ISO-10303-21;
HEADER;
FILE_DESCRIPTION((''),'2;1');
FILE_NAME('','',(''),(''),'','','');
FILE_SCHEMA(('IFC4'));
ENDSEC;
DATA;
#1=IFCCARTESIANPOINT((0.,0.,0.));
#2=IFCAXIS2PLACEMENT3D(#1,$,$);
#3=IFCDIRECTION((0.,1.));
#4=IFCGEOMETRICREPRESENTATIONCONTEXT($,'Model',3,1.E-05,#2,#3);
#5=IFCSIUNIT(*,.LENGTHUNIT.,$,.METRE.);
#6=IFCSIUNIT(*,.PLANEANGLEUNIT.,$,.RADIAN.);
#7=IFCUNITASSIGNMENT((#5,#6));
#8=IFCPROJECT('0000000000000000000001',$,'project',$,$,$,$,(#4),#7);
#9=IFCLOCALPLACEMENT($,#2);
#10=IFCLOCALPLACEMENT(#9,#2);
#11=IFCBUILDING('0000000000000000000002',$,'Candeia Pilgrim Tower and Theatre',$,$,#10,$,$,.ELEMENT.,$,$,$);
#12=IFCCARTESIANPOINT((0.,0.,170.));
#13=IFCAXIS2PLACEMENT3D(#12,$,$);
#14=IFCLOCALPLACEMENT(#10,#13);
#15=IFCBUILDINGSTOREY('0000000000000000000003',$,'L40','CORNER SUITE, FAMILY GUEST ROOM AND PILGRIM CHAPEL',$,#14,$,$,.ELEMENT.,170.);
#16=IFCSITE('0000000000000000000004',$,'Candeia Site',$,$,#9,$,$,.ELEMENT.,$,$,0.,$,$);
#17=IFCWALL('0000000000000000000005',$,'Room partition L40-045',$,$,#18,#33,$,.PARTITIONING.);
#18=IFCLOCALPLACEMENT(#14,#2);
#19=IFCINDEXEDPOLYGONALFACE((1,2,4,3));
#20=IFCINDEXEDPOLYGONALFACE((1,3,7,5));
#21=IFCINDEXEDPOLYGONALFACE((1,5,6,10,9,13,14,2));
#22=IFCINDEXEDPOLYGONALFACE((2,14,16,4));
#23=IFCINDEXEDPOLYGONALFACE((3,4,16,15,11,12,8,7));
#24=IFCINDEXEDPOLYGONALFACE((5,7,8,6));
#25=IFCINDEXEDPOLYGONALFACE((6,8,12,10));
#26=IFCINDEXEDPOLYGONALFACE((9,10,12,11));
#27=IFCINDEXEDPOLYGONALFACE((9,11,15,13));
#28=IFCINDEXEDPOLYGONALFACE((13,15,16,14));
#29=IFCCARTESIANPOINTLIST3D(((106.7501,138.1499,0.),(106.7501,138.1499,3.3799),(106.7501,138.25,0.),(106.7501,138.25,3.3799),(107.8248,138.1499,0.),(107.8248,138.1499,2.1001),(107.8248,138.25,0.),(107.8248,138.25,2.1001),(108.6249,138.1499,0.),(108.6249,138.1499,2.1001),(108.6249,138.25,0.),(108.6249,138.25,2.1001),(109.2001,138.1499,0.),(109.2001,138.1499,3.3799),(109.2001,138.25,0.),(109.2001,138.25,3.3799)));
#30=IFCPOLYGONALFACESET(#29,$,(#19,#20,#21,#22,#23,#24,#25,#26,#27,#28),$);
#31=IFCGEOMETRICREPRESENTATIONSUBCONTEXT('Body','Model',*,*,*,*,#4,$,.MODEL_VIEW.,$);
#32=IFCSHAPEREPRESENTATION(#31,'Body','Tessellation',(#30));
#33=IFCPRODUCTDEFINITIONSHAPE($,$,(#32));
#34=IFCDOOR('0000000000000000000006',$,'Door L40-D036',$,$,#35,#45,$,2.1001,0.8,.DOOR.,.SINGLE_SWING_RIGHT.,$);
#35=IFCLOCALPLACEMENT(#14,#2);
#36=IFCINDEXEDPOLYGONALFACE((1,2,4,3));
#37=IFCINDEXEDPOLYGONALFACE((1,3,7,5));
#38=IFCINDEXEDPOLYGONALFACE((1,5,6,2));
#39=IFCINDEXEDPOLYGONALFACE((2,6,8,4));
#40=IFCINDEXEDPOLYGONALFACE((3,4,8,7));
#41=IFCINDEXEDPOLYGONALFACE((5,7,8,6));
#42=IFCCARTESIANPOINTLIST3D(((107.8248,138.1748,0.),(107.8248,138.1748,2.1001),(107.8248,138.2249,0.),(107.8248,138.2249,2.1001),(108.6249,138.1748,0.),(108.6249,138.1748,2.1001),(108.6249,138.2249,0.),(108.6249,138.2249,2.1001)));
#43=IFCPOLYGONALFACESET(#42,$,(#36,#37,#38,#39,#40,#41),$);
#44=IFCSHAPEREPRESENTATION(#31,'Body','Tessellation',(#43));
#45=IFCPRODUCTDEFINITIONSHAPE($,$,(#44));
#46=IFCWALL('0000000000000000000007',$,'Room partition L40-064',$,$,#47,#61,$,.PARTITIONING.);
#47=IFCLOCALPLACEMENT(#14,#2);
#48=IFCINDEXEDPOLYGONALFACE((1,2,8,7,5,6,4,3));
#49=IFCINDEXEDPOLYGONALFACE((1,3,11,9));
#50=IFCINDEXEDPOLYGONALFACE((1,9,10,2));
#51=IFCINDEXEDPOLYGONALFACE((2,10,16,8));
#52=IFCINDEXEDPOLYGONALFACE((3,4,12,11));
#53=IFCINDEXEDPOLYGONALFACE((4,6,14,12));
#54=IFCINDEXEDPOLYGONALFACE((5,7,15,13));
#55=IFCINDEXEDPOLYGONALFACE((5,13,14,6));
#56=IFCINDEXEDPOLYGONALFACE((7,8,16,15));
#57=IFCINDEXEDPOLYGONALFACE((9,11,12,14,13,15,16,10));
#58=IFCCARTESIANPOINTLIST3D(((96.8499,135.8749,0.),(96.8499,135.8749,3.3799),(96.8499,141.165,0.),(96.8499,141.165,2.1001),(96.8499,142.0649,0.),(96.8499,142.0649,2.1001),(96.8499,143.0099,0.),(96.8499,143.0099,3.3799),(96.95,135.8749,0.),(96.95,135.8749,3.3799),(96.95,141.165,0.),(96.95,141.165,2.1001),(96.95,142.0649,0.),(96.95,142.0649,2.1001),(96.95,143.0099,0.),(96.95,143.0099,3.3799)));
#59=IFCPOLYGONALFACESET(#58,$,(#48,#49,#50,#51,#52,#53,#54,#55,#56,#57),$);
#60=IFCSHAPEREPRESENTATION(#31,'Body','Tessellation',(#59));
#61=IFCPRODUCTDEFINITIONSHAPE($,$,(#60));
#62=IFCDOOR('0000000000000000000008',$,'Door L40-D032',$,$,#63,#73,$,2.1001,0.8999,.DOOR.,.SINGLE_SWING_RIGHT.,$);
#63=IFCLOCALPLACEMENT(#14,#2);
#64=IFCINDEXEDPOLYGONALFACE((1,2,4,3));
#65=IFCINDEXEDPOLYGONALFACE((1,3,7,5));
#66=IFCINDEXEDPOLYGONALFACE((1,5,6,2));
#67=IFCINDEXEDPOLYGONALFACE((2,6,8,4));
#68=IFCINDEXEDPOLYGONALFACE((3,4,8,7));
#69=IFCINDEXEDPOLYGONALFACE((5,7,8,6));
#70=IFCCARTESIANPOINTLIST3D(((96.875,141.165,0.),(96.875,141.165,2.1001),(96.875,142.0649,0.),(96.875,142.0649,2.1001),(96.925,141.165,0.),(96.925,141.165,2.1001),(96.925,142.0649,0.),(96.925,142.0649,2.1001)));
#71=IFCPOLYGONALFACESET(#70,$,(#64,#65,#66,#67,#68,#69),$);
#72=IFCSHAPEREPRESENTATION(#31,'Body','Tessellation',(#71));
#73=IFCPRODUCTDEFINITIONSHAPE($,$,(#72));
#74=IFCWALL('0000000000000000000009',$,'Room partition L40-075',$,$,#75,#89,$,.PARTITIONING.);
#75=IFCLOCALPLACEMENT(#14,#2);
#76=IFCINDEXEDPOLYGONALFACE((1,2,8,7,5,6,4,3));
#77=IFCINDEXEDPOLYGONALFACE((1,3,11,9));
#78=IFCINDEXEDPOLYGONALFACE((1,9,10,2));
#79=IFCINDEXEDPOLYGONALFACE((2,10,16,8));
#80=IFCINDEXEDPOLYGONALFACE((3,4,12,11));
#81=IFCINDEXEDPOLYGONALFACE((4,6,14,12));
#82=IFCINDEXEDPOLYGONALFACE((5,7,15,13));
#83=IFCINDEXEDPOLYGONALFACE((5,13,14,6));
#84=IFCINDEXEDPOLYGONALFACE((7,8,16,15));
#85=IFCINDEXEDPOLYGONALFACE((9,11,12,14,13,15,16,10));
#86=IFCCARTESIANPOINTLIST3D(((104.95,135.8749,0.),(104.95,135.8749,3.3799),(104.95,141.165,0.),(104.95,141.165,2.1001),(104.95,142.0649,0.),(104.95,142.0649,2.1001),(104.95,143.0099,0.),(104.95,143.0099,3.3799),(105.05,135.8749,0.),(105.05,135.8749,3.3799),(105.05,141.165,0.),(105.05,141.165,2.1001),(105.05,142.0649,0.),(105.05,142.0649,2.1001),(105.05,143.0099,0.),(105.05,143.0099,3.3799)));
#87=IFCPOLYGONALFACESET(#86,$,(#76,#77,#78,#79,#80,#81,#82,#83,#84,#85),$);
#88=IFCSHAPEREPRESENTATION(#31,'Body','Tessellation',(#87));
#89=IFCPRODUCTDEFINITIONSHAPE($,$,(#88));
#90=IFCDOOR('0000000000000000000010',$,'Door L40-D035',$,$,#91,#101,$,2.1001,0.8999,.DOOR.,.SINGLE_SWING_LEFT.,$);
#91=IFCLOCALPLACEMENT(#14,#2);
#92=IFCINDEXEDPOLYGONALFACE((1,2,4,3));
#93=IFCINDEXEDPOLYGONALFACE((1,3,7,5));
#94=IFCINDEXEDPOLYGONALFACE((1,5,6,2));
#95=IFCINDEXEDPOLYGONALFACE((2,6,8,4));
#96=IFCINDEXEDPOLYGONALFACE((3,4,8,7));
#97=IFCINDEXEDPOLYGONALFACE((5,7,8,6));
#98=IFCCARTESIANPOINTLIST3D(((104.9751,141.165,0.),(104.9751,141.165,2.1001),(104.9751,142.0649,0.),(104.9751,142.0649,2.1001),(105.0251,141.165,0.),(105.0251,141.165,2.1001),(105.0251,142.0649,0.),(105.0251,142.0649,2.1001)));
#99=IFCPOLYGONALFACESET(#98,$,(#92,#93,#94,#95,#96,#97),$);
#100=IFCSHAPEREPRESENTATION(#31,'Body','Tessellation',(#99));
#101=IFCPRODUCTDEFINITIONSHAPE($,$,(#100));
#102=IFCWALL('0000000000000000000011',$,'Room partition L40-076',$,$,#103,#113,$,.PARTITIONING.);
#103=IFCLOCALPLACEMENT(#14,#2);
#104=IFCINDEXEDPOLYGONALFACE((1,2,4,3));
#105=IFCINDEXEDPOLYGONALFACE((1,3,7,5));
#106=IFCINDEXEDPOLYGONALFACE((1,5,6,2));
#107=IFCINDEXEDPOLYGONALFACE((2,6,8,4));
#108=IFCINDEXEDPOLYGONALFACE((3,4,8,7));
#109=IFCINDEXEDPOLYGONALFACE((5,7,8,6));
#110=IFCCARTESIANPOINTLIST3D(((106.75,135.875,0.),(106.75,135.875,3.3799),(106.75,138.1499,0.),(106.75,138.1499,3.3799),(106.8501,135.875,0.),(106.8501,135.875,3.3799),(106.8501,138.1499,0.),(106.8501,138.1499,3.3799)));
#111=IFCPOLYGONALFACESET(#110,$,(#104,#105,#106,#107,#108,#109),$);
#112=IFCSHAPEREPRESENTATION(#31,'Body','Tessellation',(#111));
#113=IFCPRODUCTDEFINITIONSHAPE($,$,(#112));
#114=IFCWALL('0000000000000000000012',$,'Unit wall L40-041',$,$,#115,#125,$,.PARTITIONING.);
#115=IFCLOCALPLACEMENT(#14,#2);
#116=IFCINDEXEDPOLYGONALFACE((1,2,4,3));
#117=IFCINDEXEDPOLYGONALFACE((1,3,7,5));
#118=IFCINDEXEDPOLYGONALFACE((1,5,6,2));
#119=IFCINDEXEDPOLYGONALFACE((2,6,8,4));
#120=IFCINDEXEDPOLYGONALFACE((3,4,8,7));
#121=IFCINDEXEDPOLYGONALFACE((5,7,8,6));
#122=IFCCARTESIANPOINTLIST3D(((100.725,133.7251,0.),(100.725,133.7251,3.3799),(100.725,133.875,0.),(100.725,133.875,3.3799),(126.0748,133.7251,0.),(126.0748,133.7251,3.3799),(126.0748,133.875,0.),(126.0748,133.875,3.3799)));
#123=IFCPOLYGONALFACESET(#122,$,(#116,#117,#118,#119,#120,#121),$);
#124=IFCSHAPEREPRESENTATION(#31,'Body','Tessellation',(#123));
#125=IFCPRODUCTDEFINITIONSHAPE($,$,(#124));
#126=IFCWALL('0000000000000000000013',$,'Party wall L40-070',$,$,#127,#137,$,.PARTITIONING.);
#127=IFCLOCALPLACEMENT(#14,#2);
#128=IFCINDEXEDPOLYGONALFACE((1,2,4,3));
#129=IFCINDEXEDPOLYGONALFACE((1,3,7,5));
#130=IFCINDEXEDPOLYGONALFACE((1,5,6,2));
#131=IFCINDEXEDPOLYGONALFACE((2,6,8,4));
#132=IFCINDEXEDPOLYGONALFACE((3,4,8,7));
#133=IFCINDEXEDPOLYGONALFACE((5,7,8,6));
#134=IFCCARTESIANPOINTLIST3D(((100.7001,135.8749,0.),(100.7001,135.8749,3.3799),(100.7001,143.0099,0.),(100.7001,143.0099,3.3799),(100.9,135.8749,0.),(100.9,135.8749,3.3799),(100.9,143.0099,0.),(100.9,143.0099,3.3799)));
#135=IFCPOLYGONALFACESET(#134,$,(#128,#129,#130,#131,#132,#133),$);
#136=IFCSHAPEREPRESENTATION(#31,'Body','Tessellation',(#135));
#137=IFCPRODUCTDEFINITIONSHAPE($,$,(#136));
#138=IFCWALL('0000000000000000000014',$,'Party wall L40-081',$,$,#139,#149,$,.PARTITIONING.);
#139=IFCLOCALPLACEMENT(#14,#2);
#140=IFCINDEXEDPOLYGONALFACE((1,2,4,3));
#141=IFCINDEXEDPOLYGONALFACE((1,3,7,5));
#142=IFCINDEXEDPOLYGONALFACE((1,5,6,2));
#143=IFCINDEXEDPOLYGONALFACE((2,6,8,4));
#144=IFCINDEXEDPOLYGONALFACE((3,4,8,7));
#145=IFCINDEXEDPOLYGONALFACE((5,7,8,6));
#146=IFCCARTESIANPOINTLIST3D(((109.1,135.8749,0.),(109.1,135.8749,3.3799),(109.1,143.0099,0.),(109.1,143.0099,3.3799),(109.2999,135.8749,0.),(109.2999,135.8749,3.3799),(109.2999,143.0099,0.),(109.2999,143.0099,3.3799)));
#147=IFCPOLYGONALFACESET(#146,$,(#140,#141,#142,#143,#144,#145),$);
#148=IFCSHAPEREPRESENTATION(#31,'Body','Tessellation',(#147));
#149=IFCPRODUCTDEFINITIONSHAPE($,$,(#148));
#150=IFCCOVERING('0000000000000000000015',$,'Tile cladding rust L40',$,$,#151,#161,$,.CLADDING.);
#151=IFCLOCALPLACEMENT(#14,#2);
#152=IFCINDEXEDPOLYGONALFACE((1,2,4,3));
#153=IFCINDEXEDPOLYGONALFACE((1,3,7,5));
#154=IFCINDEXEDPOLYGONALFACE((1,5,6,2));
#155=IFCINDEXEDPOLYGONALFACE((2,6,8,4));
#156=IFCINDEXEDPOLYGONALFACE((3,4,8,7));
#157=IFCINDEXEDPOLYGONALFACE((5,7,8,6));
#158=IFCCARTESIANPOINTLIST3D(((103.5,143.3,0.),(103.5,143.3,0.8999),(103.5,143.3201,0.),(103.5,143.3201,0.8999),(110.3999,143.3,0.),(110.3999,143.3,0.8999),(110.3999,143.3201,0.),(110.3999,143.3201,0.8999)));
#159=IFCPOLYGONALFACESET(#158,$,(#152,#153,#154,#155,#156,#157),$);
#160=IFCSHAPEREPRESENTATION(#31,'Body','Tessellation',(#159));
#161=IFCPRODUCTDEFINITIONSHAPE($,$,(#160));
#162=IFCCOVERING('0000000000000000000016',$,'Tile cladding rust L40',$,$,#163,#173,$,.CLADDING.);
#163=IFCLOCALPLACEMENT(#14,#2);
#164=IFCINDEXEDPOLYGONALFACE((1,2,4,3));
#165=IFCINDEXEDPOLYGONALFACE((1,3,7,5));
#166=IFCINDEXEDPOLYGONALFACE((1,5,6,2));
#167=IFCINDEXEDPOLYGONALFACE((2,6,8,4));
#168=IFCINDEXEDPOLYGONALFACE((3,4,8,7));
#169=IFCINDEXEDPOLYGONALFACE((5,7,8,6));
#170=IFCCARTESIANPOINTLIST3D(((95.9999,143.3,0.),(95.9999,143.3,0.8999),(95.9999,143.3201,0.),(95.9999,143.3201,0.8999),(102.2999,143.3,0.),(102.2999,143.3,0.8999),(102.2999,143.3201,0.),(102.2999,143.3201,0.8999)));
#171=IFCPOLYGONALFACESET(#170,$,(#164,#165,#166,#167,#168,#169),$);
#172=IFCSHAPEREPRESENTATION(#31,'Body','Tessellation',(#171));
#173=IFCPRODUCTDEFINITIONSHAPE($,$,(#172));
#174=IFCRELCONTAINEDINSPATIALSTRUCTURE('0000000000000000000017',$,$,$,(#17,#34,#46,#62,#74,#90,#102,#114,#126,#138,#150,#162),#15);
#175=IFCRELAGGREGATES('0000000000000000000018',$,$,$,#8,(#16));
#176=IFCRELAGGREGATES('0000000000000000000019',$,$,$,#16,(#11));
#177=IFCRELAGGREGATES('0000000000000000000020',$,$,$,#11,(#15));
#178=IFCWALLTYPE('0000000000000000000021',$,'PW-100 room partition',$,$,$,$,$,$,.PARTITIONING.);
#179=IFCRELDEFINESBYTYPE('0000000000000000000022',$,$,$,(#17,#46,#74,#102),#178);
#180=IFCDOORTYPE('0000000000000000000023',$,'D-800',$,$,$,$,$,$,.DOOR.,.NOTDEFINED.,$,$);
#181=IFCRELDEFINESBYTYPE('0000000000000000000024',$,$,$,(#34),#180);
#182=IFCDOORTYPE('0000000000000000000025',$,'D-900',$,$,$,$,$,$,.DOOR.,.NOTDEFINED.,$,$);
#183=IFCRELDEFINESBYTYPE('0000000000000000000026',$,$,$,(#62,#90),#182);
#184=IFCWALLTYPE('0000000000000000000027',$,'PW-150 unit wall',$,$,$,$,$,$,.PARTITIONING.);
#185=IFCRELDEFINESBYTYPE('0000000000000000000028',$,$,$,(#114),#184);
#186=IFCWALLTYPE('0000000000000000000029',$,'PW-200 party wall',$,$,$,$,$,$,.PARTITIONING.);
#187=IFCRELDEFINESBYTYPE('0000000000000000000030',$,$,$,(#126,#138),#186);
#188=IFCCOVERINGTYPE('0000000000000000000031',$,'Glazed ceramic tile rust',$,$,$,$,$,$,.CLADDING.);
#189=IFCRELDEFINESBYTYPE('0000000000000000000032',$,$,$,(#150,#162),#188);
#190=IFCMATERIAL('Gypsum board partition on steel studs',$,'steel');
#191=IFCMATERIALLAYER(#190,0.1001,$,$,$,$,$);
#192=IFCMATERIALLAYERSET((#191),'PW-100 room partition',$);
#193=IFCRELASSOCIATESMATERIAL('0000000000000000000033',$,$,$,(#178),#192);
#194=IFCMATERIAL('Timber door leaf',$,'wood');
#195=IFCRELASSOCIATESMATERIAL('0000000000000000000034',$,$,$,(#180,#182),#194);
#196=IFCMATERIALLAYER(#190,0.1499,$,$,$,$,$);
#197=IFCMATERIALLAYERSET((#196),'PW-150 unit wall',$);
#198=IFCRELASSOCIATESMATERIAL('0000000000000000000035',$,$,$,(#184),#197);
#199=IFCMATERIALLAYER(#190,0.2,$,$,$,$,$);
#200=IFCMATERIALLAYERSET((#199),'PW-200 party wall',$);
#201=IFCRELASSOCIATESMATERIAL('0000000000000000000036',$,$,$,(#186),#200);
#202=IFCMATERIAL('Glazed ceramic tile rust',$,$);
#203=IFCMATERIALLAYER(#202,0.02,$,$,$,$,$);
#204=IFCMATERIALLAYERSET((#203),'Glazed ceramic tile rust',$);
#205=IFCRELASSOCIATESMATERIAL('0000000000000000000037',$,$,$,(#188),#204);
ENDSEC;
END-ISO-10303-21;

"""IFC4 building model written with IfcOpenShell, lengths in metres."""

from ifc_helpers import new_model, si_unit, direction, frame, frame_2d, origin, origin_2d, place, context, subcontext, project, spatial, rectangle, extrude, material, layer, layer_set, type_object, element, fill, save


model = new_model("IFC4")

# Units and contexts
model_context = context("Model", 3, precision=1e-05, world=origin(), true_north=direction((0.0, 1.0)))
body_context = subcontext(model_context, "Body", "Model", "MODEL_VIEW")
ifc_project = project(units=[si_unit("LENGTHUNIT", "METRE"), si_unit("PLANEANGLEUNIT", "RADIAN")], contexts=[model_context])

# Site, building, storey
site_placement = place(None, origin())
site = spatial("IfcSite", under=ifc_project, at=site_placement, Name="Candeia Site", CompositionType="ELEMENT", RefElevation=0.0)
building_placement = place(site_placement, origin())
building = spatial("IfcBuilding", under=site, at=building_placement, Name="Candeia Pilgrim Tower and Theatre", CompositionType="ELEMENT")
storey_placement = place(building_placement, frame((0.0, 0.0, 170.0)))
storey = spatial("IfcBuildingStorey", under=building, at=storey_placement, Name="L40", Description="CORNER SUITE, FAMILY GUEST ROOM AND PILGRIM CHAPEL", CompositionType="ELEMENT", Elevation=170.0)

# Shared definitions
ifc_material_1 = material(Name="Gypsum board partition on steel studs", Category="steel")
ifc_layer_1 = layer(ifc_material_1, 0.1001)
ifc_layer_set_1 = layer_set([ifc_layer_1], Name="PW-100 room partition")
wall_type_1 = type_object("IfcWallType", Name="PW-100 room partition", PredefinedType="PARTITIONING", material=ifc_layer_set_1)

# Walls, openings, doors
wall_1_placement = place(storey_placement, frame((106.75, 138.2, 0.0), z_axis=(0.0, 0.0, 1.0), x_axis=(1.0, 0.0, 0.0)))
wall_1 = element("IfcWall", 1, at=wall_1_placement, inside=storey, type_object=wall_type_1, Name="Room partition L40-045", PredefinedType="PARTITIONING", context=body_context, shape_type="SweptSolid", body=[
    extrude(rectangle(XDim=2.45, YDim=0.1001, at=frame_2d((1.2251, 0.0))), origin(), (0.0, 0.0, 1.0), 3.3799),
])
opening_1_placement = place(wall_1_placement, frame((1.075, 0.0, 0.0)))
opening_1 = element("IfcOpeningElement", 2, at=opening_1_placement, cuts=wall_1, PredefinedType="OPENING", context=body_context, shape_type="SweptSolid", body=[
    extrude(rectangle(XDim=0.8, YDim=2.1001, at=frame_2d((0.3999, 1.05))), frame((0.0, 0.0601, 0.0), z_axis=(0.0, -1.0, 0.0), x_axis=(1.0, 0.0, 0.0)), (0.0, 0.0, 1.0), 0.1201),
])
ifc_material_2 = material(Name="Timber door leaf", Category="wood")
door_type_1 = type_object("IfcDoorType", Name="D-800", OperationType="NOTDEFINED", PredefinedType="DOOR", material=ifc_material_2)
door_1_placement = place(opening_1_placement, origin())
door_1 = element("IfcDoor", 3, at=door_1_placement, inside=storey, type_object=door_type_1, Name="Door L40-D036", OperationType="SINGLE_SWING_RIGHT", OverallHeight=2.1001, OverallWidth=0.8, PredefinedType="DOOR", context=body_context, shape_type="SweptSolid", body=[
    extrude(rectangle(XDim=0.8, YDim=2.1001, at=frame_2d((0.3999, 1.05))), frame((0.0, 0.0249, 0.0), z_axis=(0.0, -1.0, 0.0), x_axis=(1.0, 0.0, 0.0)), (0.0, 0.0, 1.0), 0.05),
])
fill(opening_1, door_1)
wall_2_placement = place(storey_placement, frame((96.8999, 135.875, 0.0), z_axis=(0.0, 0.0, 1.0), x_axis=(0.0, 1.0, 0.0)))
wall_2 = element("IfcWall", 4, at=wall_2_placement, inside=storey, type_object=wall_type_1, Name="Room partition L40-064", PredefinedType="PARTITIONING", context=body_context, shape_type="SweptSolid", body=[
    extrude(rectangle(XDim=7.135, YDim=0.1001, at=frame_2d((3.5674, 0.0))), origin(), (0.0, 0.0, 1.0), 3.3799),
])
opening_2_placement = place(wall_2_placement, frame((5.29, 0.0, 0.0)))
opening_2 = element("IfcOpeningElement", 5, at=opening_2_placement, cuts=wall_2, PredefinedType="OPENING", context=body_context, shape_type="SweptSolid", body=[
    extrude(rectangle(XDim=0.8999, YDim=2.1001, at=frame_2d((0.45, 1.05))), frame((0.0, 0.0601, 0.0), z_axis=(0.0, -1.0, 0.0), x_axis=(1.0, 0.0, 0.0)), (0.0, 0.0, 1.0), 0.1201),
])
door_type_2 = type_object("IfcDoorType", Name="D-900", OperationType="NOTDEFINED", PredefinedType="DOOR", material=ifc_material_2)
door_2_placement = place(opening_2_placement, origin())
door_2 = element("IfcDoor", 6, at=door_2_placement, inside=storey, type_object=door_type_2, Name="Door L40-D032", OperationType="SINGLE_SWING_RIGHT", OverallHeight=2.1001, OverallWidth=0.8999, PredefinedType="DOOR", context=body_context, shape_type="SweptSolid", body=[
    extrude(rectangle(XDim=0.8999, YDim=2.1001, at=frame_2d((0.45, 1.05))), frame((0.0, 0.0249, 0.0), z_axis=(0.0, -1.0, 0.0), x_axis=(1.0, 0.0, 0.0)), (0.0, 0.0, 1.0), 0.05),
])
fill(opening_2, door_2)
wall_3_placement = place(storey_placement, frame((105.0, 135.875, 0.0), z_axis=(0.0, 0.0, 1.0), x_axis=(0.0, 1.0, 0.0)))
wall_3 = element("IfcWall", 7, at=wall_3_placement, inside=storey, type_object=wall_type_1, Name="Room partition L40-075", PredefinedType="PARTITIONING", context=body_context, shape_type="SweptSolid", body=[
    extrude(rectangle(XDim=7.135, YDim=0.1001, at=frame_2d((3.5674, 0.0))), origin(), (0.0, 0.0, 1.0), 3.3799),
])
opening_3_placement = place(wall_3_placement, frame((5.29, 0.0, 0.0)))
opening_3 = element("IfcOpeningElement", 8, at=opening_3_placement, cuts=wall_3, PredefinedType="OPENING", context=body_context, shape_type="SweptSolid", body=[
    extrude(rectangle(XDim=0.8999, YDim=2.1001, at=frame_2d((0.45, 1.05))), frame((0.0, 0.0601, 0.0), z_axis=(0.0, -1.0, 0.0), x_axis=(1.0, 0.0, 0.0)), (0.0, 0.0, 1.0), 0.1201),
])
door_3_placement = place(opening_3_placement, origin())
door_3 = element("IfcDoor", 9, at=door_3_placement, inside=storey, type_object=door_type_2, Name="Door L40-D035", OperationType="SINGLE_SWING_LEFT", OverallHeight=2.1001, OverallWidth=0.8999, PredefinedType="DOOR", context=body_context, shape_type="SweptSolid", body=[
    extrude(rectangle(XDim=0.8999, YDim=2.1001, at=frame_2d((0.45, 1.05))), frame((0.0, 0.0249, 0.0), z_axis=(0.0, -1.0, 0.0), x_axis=(1.0, 0.0, 0.0)), (0.0, 0.0, 1.0), 0.05),
])
fill(opening_3, door_3)

# Walls
wall_4_placement = place(storey_placement, frame((106.8, 135.875, 0.0), z_axis=(0.0, 0.0, 1.0), x_axis=(0.0, 1.0, 0.0)))
element("IfcWall", 10, at=wall_4_placement, inside=storey, type_object=wall_type_1, Name="Room partition L40-076", PredefinedType="PARTITIONING", context=body_context, shape_type="SweptSolid", body=[
    extrude(rectangle(XDim=2.2749, YDim=0.1001, at=frame_2d((1.1375, 0.0))), origin(), (0.0, 0.0, 1.0), 3.3799),
])
ifc_layer_2 = layer(ifc_material_1, 0.1499)
ifc_layer_set_2 = layer_set([ifc_layer_2], Name="PW-150 unit wall")
wall_type_2 = type_object("IfcWallType", Name="PW-150 unit wall", PredefinedType="PARTITIONING", material=ifc_layer_set_2)
wall_5_placement = place(storey_placement, frame((100.7251, 133.8, 0.0), z_axis=(0.0, 0.0, 1.0), x_axis=(1.0, 0.0, 0.0)))
element("IfcWall", 11, at=wall_5_placement, inside=storey, type_object=wall_type_2, Name="Unit wall L40-041", PredefinedType="PARTITIONING", context=body_context, shape_type="SweptSolid", body=[
    extrude(rectangle(XDim=25.3499, YDim=0.1499, at=frame_2d((12.6748, 0.0))), origin(), (0.0, 0.0, 1.0), 3.3799),
])
ifc_layer_3 = layer(ifc_material_1, 0.2)
ifc_layer_set_3 = layer_set([ifc_layer_3], Name="PW-200 party wall")
wall_type_3 = type_object("IfcWallType", Name="PW-200 party wall", PredefinedType="PARTITIONING", material=ifc_layer_set_3)
for number, where, z_axis, x_axis, name in (
    (12, (100.8, 135.875, 0.0), (0.0, 0.0, 1.0), (0.0, 1.0, 0.0), "Party wall L40-070"),
    (13, (109.2, 135.875, 0.0), (0.0, 0.0, 1.0), (0.0, 1.0, 0.0), "Party wall L40-081"),
):
    element("IfcWall", number, at=place(storey_placement, frame(where, z_axis=z_axis, x_axis=x_axis)), inside=storey, type_object=wall_type_3, Name=name, PredefinedType="PARTITIONING", context=body_context, shape_type="SweptSolid", body=[
        extrude(rectangle(XDim=7.135, YDim=0.2, at=frame_2d((3.5674, 0.0))), origin(), (0.0, 0.0, 1.0), 3.3799),
    ])

# Coverings
ifc_material_3 = material(Name="Glazed ceramic tile rust")
ifc_layer_4 = layer(ifc_material_3, 0.02)
ifc_layer_set_4 = layer_set([ifc_layer_4], Name="Glazed ceramic tile rust")
covering_type = type_object("IfcCoveringType", Name="Glazed ceramic tile rust", PredefinedType="CLADDING", material=ifc_layer_set_4)
covering_1_placement = place(storey_placement, frame((106.95, 143.3101, 0.0), z_axis=(0.0, 0.0, 1.0), x_axis=(-1.0, 0.0, 0.0)))
element("IfcCovering", 14, at=covering_1_placement, inside=storey, type_object=covering_type, Name="Tile cladding rust L40", PredefinedType="CLADDING", context=body_context, shape_type="SweptSolid", body=[
    extrude(rectangle(XDim=6.8999, YDim=0.02, at=origin_2d()), origin(), (0.0, 0.0, 1.0), 0.8999),
])
covering_2_placement = place(storey_placement, frame((99.1499, 143.3101, 0.0), z_axis=(0.0, 0.0, 1.0), x_axis=(-1.0, 0.0, 0.0)))
element("IfcCovering", 15, at=covering_2_placement, inside=storey, type_object=covering_type, Name="Tile cladding rust L40", PredefinedType="CLADDING", context=body_context, shape_type="SweptSolid", body=[
    extrude(rectangle(XDim=6.3, YDim=0.02, at=origin_2d()), origin(), (0.0, 0.0, 1.0), 0.8999),
])

save(model, "model.ifc")
